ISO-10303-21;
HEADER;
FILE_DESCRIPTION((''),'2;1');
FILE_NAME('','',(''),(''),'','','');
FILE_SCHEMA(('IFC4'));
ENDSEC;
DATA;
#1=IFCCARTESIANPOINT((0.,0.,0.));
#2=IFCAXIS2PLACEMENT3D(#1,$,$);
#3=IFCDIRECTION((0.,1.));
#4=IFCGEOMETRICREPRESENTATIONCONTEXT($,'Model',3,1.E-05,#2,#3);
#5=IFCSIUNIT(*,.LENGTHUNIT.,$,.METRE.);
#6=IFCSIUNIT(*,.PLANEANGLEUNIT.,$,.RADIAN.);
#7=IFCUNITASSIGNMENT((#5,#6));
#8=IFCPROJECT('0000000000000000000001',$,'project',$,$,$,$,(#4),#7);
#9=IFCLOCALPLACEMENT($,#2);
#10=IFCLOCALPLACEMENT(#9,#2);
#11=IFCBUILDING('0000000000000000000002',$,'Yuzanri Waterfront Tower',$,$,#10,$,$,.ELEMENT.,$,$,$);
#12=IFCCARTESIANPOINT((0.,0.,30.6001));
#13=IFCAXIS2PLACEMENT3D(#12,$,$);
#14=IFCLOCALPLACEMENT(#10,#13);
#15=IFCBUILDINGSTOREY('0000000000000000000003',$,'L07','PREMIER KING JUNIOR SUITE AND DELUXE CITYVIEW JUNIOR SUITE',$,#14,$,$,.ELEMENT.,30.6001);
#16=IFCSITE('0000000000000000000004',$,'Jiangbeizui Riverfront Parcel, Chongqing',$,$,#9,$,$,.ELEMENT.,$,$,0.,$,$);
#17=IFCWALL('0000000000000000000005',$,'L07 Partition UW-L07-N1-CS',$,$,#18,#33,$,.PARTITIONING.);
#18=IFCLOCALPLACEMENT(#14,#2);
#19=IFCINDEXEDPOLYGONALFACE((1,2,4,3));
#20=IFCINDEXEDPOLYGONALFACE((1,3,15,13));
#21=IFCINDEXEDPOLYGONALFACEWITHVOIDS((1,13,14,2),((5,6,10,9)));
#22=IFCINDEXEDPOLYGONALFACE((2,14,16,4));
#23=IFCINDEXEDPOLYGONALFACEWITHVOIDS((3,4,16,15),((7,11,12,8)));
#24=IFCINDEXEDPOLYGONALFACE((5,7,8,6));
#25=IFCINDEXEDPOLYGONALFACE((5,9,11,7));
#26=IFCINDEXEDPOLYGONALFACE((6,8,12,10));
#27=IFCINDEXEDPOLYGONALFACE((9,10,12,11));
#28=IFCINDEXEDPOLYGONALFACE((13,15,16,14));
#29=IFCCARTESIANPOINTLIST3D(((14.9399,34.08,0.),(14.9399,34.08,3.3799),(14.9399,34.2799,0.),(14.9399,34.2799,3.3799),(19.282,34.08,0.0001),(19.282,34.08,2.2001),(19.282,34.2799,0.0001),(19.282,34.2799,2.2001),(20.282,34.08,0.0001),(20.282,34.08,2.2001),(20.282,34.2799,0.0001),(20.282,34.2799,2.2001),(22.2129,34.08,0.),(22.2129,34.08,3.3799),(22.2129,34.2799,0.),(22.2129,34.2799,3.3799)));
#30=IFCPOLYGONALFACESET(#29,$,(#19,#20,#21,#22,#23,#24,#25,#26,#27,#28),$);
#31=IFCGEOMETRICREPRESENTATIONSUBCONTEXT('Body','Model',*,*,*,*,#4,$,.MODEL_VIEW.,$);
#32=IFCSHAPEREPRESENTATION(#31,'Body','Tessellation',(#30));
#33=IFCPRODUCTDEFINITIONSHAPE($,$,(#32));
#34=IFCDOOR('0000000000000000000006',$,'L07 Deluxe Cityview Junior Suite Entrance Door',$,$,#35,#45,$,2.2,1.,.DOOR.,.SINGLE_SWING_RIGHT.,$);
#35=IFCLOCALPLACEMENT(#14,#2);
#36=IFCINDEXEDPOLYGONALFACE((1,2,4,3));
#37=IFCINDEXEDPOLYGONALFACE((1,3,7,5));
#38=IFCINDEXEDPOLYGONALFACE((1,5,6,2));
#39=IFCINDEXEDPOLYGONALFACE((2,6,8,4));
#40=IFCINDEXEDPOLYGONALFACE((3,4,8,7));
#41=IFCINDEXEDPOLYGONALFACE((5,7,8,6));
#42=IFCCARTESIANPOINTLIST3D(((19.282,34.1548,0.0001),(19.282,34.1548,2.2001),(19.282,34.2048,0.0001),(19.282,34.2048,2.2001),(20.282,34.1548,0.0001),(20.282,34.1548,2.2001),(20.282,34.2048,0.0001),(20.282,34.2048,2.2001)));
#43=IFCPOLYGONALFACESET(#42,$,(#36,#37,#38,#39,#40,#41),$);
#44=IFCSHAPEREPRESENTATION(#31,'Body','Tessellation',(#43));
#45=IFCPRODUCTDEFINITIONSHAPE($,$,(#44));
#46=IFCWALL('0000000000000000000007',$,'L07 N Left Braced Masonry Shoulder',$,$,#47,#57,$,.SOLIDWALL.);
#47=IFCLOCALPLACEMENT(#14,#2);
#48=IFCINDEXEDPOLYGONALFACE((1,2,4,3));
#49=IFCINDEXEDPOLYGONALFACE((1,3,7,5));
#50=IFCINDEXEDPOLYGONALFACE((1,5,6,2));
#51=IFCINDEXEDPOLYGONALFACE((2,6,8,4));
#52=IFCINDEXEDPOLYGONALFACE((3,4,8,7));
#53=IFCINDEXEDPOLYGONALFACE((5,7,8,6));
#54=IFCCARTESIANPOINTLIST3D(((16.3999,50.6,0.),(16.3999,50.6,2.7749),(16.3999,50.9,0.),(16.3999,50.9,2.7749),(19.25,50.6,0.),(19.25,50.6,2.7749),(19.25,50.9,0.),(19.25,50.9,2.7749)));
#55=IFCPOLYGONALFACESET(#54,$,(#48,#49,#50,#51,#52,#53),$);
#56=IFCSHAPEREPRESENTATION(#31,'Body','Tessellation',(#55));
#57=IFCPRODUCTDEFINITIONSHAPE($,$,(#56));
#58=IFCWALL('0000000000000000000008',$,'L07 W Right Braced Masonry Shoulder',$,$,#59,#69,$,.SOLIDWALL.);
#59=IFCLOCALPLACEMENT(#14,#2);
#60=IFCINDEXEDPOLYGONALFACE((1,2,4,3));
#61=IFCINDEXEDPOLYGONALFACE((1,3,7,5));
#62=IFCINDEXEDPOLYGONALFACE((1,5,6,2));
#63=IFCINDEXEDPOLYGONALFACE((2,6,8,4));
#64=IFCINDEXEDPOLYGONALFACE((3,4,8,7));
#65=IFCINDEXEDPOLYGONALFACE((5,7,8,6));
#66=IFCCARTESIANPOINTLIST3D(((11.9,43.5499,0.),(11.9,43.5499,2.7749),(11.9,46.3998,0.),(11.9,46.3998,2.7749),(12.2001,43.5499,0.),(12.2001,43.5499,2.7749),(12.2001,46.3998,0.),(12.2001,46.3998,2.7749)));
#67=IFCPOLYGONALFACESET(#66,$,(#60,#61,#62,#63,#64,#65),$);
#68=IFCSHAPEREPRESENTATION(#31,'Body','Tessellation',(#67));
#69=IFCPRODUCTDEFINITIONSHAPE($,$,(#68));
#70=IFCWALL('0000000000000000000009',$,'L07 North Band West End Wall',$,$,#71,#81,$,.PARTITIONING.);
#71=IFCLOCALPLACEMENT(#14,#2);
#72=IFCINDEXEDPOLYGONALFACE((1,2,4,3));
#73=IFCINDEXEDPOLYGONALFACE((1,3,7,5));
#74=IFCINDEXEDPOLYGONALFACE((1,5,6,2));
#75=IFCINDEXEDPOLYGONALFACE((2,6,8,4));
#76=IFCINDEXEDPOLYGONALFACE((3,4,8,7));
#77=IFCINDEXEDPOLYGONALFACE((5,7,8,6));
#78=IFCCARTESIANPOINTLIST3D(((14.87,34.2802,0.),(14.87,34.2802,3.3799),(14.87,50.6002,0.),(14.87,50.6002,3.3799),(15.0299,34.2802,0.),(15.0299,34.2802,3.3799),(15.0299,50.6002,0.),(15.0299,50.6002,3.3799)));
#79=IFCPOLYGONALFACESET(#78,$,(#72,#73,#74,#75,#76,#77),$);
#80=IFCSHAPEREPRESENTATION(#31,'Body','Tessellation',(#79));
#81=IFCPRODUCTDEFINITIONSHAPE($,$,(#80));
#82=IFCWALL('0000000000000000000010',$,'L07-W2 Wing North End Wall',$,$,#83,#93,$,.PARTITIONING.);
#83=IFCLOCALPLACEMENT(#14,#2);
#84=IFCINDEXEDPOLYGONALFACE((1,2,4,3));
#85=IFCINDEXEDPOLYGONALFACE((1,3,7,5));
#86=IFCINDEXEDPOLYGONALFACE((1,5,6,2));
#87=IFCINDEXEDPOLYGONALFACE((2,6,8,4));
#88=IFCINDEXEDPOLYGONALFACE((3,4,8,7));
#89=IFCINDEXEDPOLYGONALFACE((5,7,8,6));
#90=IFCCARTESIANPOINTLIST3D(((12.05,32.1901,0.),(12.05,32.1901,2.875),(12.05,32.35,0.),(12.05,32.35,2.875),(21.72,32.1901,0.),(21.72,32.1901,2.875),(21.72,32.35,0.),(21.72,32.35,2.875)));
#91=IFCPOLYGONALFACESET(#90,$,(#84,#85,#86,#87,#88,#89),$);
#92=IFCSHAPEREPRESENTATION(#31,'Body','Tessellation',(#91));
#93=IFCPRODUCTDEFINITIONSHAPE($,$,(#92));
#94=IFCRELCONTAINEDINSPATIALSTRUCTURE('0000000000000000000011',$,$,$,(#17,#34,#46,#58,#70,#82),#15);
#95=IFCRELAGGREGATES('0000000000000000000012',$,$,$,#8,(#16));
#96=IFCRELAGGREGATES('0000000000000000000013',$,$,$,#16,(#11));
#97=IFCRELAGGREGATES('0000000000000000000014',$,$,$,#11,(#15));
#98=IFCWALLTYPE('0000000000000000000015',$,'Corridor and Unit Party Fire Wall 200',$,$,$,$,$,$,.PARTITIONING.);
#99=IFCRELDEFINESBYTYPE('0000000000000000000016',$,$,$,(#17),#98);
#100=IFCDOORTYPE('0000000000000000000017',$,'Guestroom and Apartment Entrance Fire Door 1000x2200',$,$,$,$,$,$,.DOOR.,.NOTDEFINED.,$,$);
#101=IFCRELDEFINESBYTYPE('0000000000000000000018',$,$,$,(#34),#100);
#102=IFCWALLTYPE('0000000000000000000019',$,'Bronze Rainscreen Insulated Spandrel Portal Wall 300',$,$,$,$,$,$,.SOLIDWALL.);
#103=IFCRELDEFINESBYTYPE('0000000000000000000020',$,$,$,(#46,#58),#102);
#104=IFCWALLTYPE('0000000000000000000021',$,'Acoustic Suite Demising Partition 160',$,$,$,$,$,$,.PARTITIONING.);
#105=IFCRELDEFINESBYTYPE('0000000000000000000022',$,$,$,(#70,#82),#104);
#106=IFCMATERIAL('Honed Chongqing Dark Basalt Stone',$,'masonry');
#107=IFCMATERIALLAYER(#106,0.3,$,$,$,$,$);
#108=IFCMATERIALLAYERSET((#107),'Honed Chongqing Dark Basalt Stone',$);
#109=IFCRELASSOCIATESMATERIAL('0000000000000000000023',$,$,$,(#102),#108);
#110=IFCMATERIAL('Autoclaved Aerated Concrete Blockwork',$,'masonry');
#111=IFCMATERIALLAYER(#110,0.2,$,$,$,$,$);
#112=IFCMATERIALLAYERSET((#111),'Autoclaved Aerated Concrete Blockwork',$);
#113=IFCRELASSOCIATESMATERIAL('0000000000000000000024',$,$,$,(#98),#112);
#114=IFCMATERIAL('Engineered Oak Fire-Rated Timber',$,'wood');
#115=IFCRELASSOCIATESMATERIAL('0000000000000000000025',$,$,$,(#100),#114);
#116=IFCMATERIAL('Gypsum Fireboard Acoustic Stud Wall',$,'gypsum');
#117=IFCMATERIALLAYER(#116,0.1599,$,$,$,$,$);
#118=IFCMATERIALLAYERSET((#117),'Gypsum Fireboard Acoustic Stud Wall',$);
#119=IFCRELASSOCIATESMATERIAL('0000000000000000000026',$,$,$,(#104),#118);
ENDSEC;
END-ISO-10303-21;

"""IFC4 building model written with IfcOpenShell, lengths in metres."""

from ifc_helpers import new_model, si_unit, direction, frame, frame_2d, origin, place, context, subcontext, project, spatial, rectangle, extrude, source, transform, mapped, material, layer, layer_set, type_object, element, fill, save


model = new_model("IFC4")

# Units and contexts
model_context = context("Model", 3, precision=1e-05, world=origin(), true_north=direction((0.0, 1.0)))
body_context = subcontext(model_context, "Body", "Model", "MODEL_VIEW")
ifc_project = project(units=[si_unit("LENGTHUNIT", "METRE"), si_unit("PLANEANGLEUNIT", "RADIAN")], contexts=[model_context])

# Site, building, storey
site_placement = place(None, origin())
site = spatial("IfcSite", under=ifc_project, at=site_placement, Name="Jiangbeizui Riverfront Parcel, Chongqing", CompositionType="ELEMENT", RefElevation=0.0)
building_placement = place(site_placement, origin())
building = spatial("IfcBuilding", under=site, at=building_placement, Name="Yuzanri Waterfront Tower", CompositionType="ELEMENT")
storey_placement = place(building_placement, frame((0.0, 0.0, 30.6001)))
storey = spatial("IfcBuildingStorey", under=building, at=storey_placement, Name="L07", Description="PREMIER KING JUNIOR SUITE AND DELUXE CITYVIEW JUNIOR SUITE", CompositionType="ELEMENT", Elevation=30.6001)

# Shared definitions
ifc_material_1 = material(Name="Honed Chongqing Dark Basalt Stone", Category="masonry")
ifc_layer_1 = layer(ifc_material_1, 0.3)
ifc_layer_set_1 = layer_set([ifc_layer_1], Name="Honed Chongqing Dark Basalt Stone")
wall_type_1 = type_object("IfcWallType", Name="Bronze Rainscreen Insulated Spandrel Portal Wall 300", PredefinedType="SOLIDWALL", material=ifc_layer_set_1)

# Wall, opening, door
ifc_material_2 = material(Name="Autoclaved Aerated Concrete Blockwork", Category="masonry")
ifc_layer_2 = layer(ifc_material_2, 0.2)
ifc_layer_set_2 = layer_set([ifc_layer_2], Name="Autoclaved Aerated Concrete Blockwork")
wall_type_2 = type_object("IfcWallType", Name="Corridor and Unit Party Fire Wall 200", PredefinedType="PARTITIONING", material=ifc_layer_set_2)
wall_1_placement = place(storey_placement, frame((14.9399, 34.1799, 0.0), z_axis=(0.0, 0.0, 1.0), x_axis=(1.0, 0.0, 0.0)))
wall_1 = element("IfcWall", 1, at=wall_1_placement, inside=storey, type_object=wall_type_2, Name="L07 Partition UW-L07-N1-CS", PredefinedType="PARTITIONING", context=body_context, shape_type="SweptSolid", body=[
    extrude(rectangle(XDim=7.2729, YDim=0.2, at=frame_2d((3.6365, 0.0))), origin(), (0.0, 0.0, 1.0), 3.3799),
])
opening_1_placement = place(wall_1_placement, frame((4.342, 0.0, 0.0)))
opening_1 = element("IfcOpeningElement", 2, at=opening_1_placement, cuts=wall_1, PredefinedType="OPENING", context=body_context, shape_type="SweptSolid", body=[
    extrude(rectangle(XDim=1.0, YDim=2.2, at=frame_2d((0.5, 1.1001))), frame((0.0, 0.1147, 0.0), z_axis=(0.0, -1.0, 0.0), x_axis=(1.0, 0.0, 0.0)), (0.0, 0.0, 1.0), 0.2297),
])
ifc_material_3 = material(Name="Engineered Oak Fire-Rated Timber", Category="wood")
door_type_1 = type_object("IfcDoorType", Name="Guestroom and Apartment Entrance Fire Door 1000x2200", OperationType="NOTDEFINED", PredefinedType="DOOR", material=ifc_material_3)
shared_shape_1 = source(origin(), body_context, "Body", "SweptSolid", [
    extrude(rectangle(XDim=1.0, YDim=2.2, at=frame_2d((0.5, 1.1001))), frame((0.0, 0.0249, 0.0), z_axis=(0.0, -1.0, 0.0), x_axis=(1.0, 0.0, 0.0)), (0.0, 0.0, 1.0), 0.05),
])
door_1_placement = place(opening_1_placement, origin())
door_1 = element("IfcDoor", 3, at=door_1_placement, inside=storey, type_object=door_type_1, Name="L07 Deluxe Cityview Junior Suite Entrance Door", OperationType="SINGLE_SWING_RIGHT", OverallHeight=2.2, OverallWidth=1.0, PredefinedType="DOOR", context=body_context, shape_type="MappedRepresentation", body=[
    mapped(shared_shape_1, transform((0.0, 0.0, 0.0), scale=1.0)),
])
fill(opening_1, door_1)

# Walls
shared_shape_2 = source(origin(), body_context, "Body", "SweptSolid", [
    extrude(rectangle(XDim=2.8501, YDim=0.3, at=frame_2d((1.425, 0.0))), origin(), (0.0, 0.0, 1.0), 2.7749),
])
wall_2_placement = place(storey_placement, frame((16.3999, 50.75, 0.0), z_axis=(0.0, 0.0, 1.0), x_axis=(1.0, 0.0, 0.0)))
element("IfcWall", 4, at=wall_2_placement, inside=storey, type_object=wall_type_1, Name="L07 N Left Braced Masonry Shoulder", PredefinedType="SOLIDWALL", context=body_context, shape_type="MappedRepresentation", body=[
    mapped(shared_shape_2, transform((0.0, 0.0, 0.0), scale=1.0)),
])
shared_shape_3 = source(origin(), body_context, "Body", "SweptSolid", [
    extrude(rectangle(XDim=2.8499, YDim=0.3, at=frame_2d((1.4248, 0.0))), origin(), (0.0, 0.0, 1.0), 2.7749),
])
wall_3_placement = place(storey_placement, frame((12.05, 43.55, 0.0), z_axis=(0.0, 0.0, 1.0), x_axis=(0.0, 1.0, 0.0)))
element("IfcWall", 5, at=wall_3_placement, inside=storey, type_object=wall_type_1, Name="L07 W Right Braced Masonry Shoulder", PredefinedType="SOLIDWALL", context=body_context, shape_type="MappedRepresentation", body=[
    mapped(shared_shape_3, transform((0.0, 0.0, 0.0), scale=1.0)),
])
ifc_material_4 = material(Name="Gypsum Fireboard Acoustic Stud Wall", Category="gypsum")
ifc_layer_3 = layer(ifc_material_4, 0.1599)
ifc_layer_set_3 = layer_set([ifc_layer_3], Name="Gypsum Fireboard Acoustic Stud Wall")
wall_type_3 = type_object("IfcWallType", Name="Acoustic Suite Demising Partition 160", PredefinedType="PARTITIONING", material=ifc_layer_set_3)
shared_shape_4 = source(origin(), body_context, "Body", "SweptSolid", [
    extrude(rectangle(XDim=16.3201, YDim=0.1599, at=frame_2d((8.1602, 0.0))), origin(), (0.0, 0.0, 1.0), 3.3799),
])
wall_4_placement = place(storey_placement, frame((14.95, 34.28, 0.0), z_axis=(0.0, 0.0, 1.0), x_axis=(0.0, 1.0, 0.0)))
element("IfcWall", 6, at=wall_4_placement, inside=storey, type_object=wall_type_3, Name="L07 North Band West End Wall", PredefinedType="PARTITIONING", context=body_context, shape_type="MappedRepresentation", body=[
    mapped(shared_shape_4, transform((0.0, 0.0, 0.0), scale=1.0)),
])
shared_shape_5 = source(origin(), body_context, "Body", "SweptSolid", [
    extrude(rectangle(XDim=9.6699, YDim=0.1599, at=frame_2d((4.835, 0.0))), origin(), (0.0, 0.0, 1.0), 2.875),
])
wall_5_placement = place(storey_placement, frame((12.05, 32.27, 0.0), z_axis=(0.0, 0.0, 1.0), x_axis=(1.0, 0.0, 0.0)))
element("IfcWall", 7, at=wall_5_placement, inside=storey, type_object=wall_type_3, Name="L07-W2 Wing North End Wall", PredefinedType="PARTITIONING", context=body_context, shape_type="MappedRepresentation", body=[
    mapped(shared_shape_5, transform((0.0, 0.0, 0.0), scale=1.0)),
])

save(model, "model.ifc")
